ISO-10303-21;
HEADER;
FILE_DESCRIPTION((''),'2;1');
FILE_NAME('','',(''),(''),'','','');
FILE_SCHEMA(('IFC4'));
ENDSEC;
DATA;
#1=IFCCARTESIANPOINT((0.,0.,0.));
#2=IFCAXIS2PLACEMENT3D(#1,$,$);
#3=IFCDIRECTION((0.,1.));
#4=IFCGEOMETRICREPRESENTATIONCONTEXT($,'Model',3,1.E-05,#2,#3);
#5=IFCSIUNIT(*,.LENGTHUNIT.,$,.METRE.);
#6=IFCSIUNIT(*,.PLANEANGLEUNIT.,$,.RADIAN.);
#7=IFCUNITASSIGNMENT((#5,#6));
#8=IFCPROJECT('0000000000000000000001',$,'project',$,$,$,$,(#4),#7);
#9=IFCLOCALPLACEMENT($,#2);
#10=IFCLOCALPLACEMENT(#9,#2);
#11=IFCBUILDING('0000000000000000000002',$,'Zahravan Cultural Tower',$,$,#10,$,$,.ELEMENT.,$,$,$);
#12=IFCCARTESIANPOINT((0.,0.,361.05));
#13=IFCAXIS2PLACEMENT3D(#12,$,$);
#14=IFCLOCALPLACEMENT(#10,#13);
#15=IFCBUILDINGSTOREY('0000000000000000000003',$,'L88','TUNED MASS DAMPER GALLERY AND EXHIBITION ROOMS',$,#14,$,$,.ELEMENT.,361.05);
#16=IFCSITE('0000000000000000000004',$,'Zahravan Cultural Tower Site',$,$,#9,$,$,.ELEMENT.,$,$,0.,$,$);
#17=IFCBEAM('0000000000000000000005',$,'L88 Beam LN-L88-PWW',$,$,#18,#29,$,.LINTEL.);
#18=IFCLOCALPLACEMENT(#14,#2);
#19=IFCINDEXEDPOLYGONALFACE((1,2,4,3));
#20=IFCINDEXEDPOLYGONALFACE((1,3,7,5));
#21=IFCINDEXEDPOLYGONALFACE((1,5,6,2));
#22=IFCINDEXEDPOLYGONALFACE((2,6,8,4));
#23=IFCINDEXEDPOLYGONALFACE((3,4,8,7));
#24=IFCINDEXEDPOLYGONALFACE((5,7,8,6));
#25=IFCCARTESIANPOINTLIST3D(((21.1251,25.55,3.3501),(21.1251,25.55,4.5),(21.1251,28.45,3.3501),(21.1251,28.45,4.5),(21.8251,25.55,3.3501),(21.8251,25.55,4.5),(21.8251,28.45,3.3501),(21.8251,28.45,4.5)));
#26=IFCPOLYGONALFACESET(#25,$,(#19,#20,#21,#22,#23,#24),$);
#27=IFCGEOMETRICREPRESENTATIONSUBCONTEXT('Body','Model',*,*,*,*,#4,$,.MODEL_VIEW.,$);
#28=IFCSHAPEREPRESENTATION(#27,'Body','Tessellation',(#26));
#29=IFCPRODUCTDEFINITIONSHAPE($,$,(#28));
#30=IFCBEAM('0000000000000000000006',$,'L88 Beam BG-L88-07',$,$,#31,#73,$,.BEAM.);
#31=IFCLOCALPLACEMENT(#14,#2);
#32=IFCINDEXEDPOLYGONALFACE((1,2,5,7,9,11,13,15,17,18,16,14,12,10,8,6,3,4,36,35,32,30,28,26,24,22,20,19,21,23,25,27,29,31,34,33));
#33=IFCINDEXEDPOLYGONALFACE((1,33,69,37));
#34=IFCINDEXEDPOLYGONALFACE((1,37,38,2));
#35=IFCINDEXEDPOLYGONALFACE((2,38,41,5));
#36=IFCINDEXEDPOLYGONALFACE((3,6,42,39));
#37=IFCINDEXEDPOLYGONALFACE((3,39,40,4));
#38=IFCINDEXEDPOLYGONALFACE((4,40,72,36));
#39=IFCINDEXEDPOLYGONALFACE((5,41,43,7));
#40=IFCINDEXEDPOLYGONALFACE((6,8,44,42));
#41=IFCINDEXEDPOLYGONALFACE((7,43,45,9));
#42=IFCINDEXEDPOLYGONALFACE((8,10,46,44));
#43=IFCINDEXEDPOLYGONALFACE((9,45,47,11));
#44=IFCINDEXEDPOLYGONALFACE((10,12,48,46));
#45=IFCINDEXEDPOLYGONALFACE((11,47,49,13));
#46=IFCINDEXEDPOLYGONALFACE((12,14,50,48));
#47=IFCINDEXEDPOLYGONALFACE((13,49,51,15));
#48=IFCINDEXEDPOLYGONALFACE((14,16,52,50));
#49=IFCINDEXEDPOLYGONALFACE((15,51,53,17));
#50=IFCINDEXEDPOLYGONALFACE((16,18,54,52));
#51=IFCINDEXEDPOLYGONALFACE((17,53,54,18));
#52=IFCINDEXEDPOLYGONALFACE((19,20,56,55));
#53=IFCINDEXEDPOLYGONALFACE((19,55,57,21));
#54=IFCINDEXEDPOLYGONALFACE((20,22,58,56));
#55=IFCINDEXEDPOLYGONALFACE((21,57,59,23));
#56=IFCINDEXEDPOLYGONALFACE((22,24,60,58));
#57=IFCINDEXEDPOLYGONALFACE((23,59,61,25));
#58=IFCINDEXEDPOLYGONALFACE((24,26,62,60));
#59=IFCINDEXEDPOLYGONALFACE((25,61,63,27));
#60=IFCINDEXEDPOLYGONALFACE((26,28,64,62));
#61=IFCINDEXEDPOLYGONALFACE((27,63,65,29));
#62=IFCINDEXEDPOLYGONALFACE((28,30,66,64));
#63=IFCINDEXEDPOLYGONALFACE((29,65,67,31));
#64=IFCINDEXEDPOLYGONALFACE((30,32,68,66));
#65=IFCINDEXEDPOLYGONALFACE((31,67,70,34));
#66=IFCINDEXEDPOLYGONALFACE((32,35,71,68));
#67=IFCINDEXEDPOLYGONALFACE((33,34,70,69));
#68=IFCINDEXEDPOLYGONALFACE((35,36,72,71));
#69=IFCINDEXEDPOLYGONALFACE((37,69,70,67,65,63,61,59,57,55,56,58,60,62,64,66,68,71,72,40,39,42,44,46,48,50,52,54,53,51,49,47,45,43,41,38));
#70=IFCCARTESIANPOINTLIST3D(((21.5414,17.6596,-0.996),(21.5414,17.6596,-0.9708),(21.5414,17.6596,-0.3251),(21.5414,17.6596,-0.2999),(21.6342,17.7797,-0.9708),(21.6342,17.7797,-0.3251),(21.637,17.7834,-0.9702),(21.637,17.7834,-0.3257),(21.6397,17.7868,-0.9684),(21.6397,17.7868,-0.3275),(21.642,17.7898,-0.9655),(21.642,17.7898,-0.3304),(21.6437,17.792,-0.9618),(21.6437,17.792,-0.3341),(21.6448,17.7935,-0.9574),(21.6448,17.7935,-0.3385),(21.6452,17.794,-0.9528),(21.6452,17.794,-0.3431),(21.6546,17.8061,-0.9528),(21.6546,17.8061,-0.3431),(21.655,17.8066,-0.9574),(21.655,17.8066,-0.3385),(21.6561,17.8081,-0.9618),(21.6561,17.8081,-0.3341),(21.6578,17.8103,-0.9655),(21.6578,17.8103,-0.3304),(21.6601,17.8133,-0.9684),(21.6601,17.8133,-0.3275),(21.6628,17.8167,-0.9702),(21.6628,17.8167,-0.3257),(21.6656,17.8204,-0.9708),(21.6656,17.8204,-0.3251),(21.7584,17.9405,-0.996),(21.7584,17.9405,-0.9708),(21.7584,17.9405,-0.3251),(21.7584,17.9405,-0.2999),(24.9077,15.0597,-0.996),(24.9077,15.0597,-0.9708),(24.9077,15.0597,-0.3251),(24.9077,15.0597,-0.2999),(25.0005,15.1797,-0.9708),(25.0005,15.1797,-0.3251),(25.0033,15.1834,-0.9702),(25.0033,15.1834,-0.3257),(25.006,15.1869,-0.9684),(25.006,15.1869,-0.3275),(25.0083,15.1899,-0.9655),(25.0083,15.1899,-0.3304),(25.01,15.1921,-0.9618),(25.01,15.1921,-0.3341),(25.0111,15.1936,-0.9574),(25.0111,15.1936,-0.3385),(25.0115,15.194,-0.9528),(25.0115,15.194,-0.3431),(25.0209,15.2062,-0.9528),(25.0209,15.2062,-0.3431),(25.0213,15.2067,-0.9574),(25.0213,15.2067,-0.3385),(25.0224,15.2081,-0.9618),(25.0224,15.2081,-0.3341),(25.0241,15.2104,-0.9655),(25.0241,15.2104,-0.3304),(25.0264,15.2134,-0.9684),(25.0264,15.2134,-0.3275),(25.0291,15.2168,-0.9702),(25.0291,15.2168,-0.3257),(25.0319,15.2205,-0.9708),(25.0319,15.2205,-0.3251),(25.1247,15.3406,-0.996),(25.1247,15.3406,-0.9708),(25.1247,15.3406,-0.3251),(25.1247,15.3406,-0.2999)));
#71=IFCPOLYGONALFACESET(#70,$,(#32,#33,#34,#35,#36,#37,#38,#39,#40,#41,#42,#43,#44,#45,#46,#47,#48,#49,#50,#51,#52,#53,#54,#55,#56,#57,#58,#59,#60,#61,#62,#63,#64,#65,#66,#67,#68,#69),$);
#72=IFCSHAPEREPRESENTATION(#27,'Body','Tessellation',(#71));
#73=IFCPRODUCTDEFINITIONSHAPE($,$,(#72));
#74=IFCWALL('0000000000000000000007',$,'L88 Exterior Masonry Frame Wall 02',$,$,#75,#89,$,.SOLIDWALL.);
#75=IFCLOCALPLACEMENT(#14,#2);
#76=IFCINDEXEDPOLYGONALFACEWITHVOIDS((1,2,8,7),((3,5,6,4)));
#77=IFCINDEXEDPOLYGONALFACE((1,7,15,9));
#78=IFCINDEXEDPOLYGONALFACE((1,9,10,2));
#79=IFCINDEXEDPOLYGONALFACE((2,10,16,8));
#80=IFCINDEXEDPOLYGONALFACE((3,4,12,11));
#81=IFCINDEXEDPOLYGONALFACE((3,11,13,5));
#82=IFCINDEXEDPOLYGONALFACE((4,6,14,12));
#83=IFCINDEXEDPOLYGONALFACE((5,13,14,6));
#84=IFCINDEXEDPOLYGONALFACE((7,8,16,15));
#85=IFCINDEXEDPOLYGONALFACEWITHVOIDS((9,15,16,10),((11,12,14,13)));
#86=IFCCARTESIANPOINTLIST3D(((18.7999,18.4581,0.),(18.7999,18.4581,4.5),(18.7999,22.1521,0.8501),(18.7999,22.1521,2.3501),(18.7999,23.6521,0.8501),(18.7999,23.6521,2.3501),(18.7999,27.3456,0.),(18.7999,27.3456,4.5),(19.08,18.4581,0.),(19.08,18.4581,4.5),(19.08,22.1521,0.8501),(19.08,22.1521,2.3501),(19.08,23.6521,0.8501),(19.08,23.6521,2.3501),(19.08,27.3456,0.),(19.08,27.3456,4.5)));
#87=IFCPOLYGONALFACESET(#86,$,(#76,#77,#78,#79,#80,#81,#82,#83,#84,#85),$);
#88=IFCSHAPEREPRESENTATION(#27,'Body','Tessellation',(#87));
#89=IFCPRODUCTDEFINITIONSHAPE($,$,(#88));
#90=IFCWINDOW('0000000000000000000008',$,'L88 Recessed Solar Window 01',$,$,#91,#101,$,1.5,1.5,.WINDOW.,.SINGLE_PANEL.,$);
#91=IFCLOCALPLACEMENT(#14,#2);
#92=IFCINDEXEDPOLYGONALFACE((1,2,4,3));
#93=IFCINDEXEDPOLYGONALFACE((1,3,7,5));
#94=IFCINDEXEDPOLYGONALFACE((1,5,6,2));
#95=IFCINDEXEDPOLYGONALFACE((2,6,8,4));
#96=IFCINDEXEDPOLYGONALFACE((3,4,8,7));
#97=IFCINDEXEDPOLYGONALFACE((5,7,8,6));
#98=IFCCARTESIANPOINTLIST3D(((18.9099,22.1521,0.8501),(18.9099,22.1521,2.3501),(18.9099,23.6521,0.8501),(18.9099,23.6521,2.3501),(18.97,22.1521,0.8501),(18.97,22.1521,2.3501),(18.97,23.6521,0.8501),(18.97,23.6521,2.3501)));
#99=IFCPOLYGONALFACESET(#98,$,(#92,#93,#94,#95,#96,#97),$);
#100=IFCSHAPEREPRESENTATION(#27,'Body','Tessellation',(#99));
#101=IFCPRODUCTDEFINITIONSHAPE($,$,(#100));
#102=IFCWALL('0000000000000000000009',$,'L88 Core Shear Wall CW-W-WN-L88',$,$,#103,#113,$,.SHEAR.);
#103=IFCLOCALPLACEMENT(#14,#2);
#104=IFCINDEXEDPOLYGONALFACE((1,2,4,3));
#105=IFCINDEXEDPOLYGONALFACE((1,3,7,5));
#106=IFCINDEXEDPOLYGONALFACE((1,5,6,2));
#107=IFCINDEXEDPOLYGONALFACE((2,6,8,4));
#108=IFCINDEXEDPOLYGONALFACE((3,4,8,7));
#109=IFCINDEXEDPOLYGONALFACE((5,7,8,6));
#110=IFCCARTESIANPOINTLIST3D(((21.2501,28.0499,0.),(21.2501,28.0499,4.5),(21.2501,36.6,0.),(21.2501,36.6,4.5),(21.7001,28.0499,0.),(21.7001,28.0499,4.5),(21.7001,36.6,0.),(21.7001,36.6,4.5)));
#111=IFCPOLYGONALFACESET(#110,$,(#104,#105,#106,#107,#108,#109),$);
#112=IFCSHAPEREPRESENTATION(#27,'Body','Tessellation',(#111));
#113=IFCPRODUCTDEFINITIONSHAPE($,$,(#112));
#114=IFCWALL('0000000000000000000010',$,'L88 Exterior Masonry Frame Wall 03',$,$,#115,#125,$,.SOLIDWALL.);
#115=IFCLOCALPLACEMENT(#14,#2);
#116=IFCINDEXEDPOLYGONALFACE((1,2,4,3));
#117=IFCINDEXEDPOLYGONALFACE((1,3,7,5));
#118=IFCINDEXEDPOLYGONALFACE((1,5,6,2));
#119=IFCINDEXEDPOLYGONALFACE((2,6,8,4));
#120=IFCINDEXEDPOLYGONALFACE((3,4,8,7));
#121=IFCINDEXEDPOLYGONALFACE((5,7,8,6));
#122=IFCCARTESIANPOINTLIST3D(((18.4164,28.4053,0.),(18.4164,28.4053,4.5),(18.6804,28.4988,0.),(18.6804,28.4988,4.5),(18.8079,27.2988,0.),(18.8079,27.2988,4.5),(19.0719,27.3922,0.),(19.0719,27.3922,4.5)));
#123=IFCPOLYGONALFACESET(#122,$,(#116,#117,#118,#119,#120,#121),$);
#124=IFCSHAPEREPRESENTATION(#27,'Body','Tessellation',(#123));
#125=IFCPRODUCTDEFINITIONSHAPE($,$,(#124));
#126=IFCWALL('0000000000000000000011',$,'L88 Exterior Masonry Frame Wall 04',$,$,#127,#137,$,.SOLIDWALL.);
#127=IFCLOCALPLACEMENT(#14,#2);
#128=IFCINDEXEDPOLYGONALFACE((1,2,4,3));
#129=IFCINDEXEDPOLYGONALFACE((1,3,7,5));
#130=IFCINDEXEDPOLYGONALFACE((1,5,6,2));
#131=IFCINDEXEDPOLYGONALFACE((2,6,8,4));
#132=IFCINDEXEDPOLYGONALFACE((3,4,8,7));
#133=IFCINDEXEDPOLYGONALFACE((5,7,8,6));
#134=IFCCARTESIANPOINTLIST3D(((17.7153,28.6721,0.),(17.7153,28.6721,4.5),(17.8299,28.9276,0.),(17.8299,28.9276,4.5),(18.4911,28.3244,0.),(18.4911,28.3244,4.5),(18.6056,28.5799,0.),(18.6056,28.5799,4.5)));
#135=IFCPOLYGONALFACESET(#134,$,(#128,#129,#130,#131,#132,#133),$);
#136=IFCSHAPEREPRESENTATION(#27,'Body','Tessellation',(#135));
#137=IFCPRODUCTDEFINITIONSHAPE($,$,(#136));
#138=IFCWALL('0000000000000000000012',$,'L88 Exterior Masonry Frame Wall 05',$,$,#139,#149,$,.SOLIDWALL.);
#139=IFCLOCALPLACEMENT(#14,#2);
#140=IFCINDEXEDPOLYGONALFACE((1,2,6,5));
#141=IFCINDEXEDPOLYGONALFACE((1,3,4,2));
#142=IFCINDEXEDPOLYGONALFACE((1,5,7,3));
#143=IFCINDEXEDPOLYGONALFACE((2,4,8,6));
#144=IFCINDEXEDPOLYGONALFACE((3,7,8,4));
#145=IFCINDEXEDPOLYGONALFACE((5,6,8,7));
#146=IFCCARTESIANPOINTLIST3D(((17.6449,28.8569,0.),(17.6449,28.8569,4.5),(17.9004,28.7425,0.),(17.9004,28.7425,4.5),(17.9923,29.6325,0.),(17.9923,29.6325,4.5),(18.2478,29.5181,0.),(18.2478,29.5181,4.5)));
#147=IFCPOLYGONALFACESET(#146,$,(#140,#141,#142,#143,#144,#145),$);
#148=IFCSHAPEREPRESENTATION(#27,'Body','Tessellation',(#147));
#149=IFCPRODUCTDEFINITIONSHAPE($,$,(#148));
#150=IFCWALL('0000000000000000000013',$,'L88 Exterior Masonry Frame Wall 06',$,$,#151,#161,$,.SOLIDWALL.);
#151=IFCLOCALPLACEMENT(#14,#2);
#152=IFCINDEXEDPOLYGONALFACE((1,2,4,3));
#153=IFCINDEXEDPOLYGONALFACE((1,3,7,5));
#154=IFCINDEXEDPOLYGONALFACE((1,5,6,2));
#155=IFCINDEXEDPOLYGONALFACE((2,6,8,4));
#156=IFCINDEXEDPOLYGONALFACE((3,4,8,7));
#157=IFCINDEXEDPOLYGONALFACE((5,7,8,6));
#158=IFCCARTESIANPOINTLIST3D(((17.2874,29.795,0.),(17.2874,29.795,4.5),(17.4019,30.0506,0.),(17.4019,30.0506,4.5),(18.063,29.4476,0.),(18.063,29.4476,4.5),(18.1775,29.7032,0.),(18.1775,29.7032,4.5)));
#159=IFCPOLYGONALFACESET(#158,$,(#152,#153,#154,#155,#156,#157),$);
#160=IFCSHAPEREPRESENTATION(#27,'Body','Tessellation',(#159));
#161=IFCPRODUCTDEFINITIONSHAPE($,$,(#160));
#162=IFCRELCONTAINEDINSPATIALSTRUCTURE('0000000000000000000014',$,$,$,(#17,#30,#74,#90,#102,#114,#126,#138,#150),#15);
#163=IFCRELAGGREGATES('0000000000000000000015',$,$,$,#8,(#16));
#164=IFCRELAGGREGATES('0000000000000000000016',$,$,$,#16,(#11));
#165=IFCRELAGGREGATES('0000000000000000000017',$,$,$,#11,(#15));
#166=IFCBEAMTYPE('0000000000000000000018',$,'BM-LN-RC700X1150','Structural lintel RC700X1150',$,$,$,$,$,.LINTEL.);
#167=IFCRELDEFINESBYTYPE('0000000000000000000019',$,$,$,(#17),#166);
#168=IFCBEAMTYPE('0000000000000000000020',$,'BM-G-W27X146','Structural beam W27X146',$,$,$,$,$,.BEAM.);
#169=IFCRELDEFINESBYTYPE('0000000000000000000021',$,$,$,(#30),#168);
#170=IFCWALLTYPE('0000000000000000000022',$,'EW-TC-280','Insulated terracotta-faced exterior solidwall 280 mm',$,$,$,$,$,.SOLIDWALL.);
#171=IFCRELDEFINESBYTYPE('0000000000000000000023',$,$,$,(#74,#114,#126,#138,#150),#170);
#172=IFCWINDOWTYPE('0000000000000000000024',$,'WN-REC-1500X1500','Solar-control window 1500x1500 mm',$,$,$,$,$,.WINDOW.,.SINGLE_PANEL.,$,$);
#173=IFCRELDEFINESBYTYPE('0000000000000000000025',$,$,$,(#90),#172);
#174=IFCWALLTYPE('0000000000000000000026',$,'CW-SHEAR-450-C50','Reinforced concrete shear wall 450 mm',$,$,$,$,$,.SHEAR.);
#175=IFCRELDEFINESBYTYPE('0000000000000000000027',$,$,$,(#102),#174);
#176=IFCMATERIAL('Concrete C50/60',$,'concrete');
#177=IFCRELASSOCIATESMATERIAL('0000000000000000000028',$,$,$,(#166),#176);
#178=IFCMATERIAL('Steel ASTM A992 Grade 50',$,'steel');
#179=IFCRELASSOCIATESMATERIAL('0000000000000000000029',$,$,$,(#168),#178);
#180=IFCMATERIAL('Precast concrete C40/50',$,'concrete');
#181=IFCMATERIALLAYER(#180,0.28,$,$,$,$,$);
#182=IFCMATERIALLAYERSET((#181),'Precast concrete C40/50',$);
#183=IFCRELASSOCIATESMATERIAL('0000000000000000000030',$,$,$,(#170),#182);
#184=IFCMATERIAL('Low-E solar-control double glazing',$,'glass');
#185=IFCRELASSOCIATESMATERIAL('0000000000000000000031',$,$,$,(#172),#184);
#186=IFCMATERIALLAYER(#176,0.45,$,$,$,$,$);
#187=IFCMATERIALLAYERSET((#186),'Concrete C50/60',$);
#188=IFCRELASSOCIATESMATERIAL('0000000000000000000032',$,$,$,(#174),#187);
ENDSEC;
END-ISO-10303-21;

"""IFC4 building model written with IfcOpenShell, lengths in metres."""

from ifc_helpers import new_model, si_unit, direction, frame, frame_2d, origin, origin_2d, place, context, subcontext, project, spatial, rectangle, i_section, extrude, source, transform, mapped, material, layer, layer_set, material_profile, profile_set, type_object, element, fill, save


model = new_model("IFC4")

# Units and contexts
model_context = context("Model", 3, precision=1e-05, world=origin(), true_north=direction((0.0, 1.0)))
body_context = subcontext(model_context, "Body", "Model", "MODEL_VIEW")
ifc_project = project(units=[si_unit("LENGTHUNIT", "METRE"), si_unit("PLANEANGLEUNIT", "RADIAN")], contexts=[model_context])

# Site, building, storey
site_placement = place(None, origin())
site = spatial("IfcSite", under=ifc_project, at=site_placement, Name="Zahravan Cultural Tower Site", CompositionType="ELEMENT", RefElevation=0.0)
building_placement = place(site_placement, origin())
building = spatial("IfcBuilding", under=site, at=building_placement, Name="Zahravan Cultural Tower", CompositionType="ELEMENT")
storey_placement = place(building_placement, frame((0.0, 0.0, 361.05)))
storey = spatial("IfcBuildingStorey", under=building, at=storey_placement, Name="L88", Description="TUNED MASS DAMPER GALLERY AND EXHIBITION ROOMS", CompositionType="ELEMENT", Elevation=361.05)

# Beams
ifc_material_1 = material(Name="Concrete C50/60", Category="concrete")
ifc_material_profile_1 = material_profile(ifc_material_1, rectangle(XDim=0.7, YDim=1.1499, at=origin_2d()), Name="RC700X1150")
ifc_profile_set_1 = profile_set([ifc_material_profile_1], Name="Concrete C50/60")
beam_type_1 = type_object("IfcBeamType", Name="BM-LN-RC700X1150", Description="Structural lintel RC700X1150", PredefinedType="LINTEL", material=ifc_profile_set_1)
shared_shape_1 = source(origin(), body_context, "Body", "SweptSolid", [
    extrude(rectangle(XDim=0.7, YDim=1.1499, at=origin_2d()), origin(), (0.0, 0.0, 1.0), 2.8999),
])
beam_1_placement = place(storey_placement, frame((21.4751, 25.55, 3.925), z_axis=(0.0, 1.0, 0.0), x_axis=(-1.0, 0.0, 0.0)))
element("IfcBeam", 1, at=beam_1_placement, inside=storey, type_object=beam_type_1, Name="L88 Beam LN-L88-PWW", PredefinedType="LINTEL", context=body_context, shape_type="MappedRepresentation", body=[
    mapped(shared_shape_1, transform((0.0, 0.0, 0.0), x_axis=(1.0, 0.0, 0.0), y_axis=(0.0, 1.0, 0.0), z_axis=(0.0, 0.0, 1.0), scale=1.0)),
])
ifc_material_2 = material(Name="Steel ASTM A992 Grade 50", Category="steel")
ifc_material_profile_2 = material_profile(ifc_material_2, i_section(OverallWidth=0.355, OverallDepth=0.696, WebThickness=0.0154, FlangeThickness=0.0251, FilletRadius=0.0181, at=origin_2d()), Name="W27X146")
ifc_profile_set_2 = profile_set([ifc_material_profile_2], Name="Steel ASTM A992 Grade 50")
beam_type_2 = type_object("IfcBeamType", Name="BM-G-W27X146", Description="Structural beam W27X146", PredefinedType="BEAM", material=ifc_profile_set_2)
shared_shape_2 = source(origin(), body_context, "Body", "SweptSolid", [
    extrude(i_section(OverallWidth=0.355, OverallDepth=0.696, WebThickness=0.0154, FlangeThickness=0.0251, FilletRadius=0.0181, at=origin_2d()), origin(), (0.0, 0.0, 1.0), 4.2534),
])
beam_2_placement = place(storey_placement, frame((21.6499, 17.8, -0.6479), z_axis=(0.791434, -0.611255, 0.0), x_axis=(0.611255, 0.791434, 0.0)))
element("IfcBeam", 2, at=beam_2_placement, inside=storey, type_object=beam_type_2, Name="L88 Beam BG-L88-07", PredefinedType="BEAM", context=body_context, shape_type="MappedRepresentation", body=[
    mapped(shared_shape_2, transform((0.0, 0.0, 0.0), x_axis=(1.0, 0.0, 0.0), y_axis=(0.0, 1.0, 0.0), z_axis=(0.0, 0.0, 1.0), scale=1.0)),
])

# Wall, opening, window
ifc_material_3 = material(Name="Precast concrete C40/50", Category="concrete")
ifc_layer_1 = layer(ifc_material_3, 0.28)
ifc_layer_set_1 = layer_set([ifc_layer_1], Name="Precast concrete C40/50")
wall_type_1 = type_object("IfcWallType", Name="EW-TC-280", Description="Insulated terracotta-faced exterior solidwall 280 mm", PredefinedType="SOLIDWALL", material=ifc_layer_set_1)
wall_1_placement = place(storey_placement, frame((18.9399, 18.458, 0.0), z_axis=(0.0, 0.0, 1.0), x_axis=(0.0, 1.0, 0.0)))
wall_1 = element("IfcWall", 3, at=wall_1_placement, inside=storey, type_object=wall_type_1, Name="L88 Exterior Masonry Frame Wall 02", PredefinedType="SOLIDWALL", context=body_context, shape_type="SweptSolid", body=[
    extrude(rectangle(XDim=8.8875, YDim=0.28, at=frame_2d((4.4438, 0.0))), origin(), (0.0, 0.0, 1.0), 4.5),
])
opening_1_placement = place(wall_1_placement, frame((3.6941, 0.0, 0.8501)))
opening_1 = element("IfcOpeningElement", 4, at=opening_1_placement, cuts=wall_1, PredefinedType="OPENING", context=body_context, shape_type="SweptSolid", body=[
    extrude(rectangle(XDim=1.5, YDim=1.5, at=frame_2d((0.75, 0.75))), frame((0.0, 0.1499, 0.0), z_axis=(0.0, -1.0, 0.0), x_axis=(1.0, 0.0, 0.0)), (0.0, 0.0, 1.0), 0.3),
])
ifc_material_4 = material(Name="Low-E solar-control double glazing", Category="glass")
window_type = type_object("IfcWindowType", Name="WN-REC-1500X1500", Description="Solar-control window 1500x1500 mm", PartitioningType="SINGLE_PANEL", PredefinedType="WINDOW", material=ifc_material_4)
shared_shape_3 = source(origin(), body_context, "Body", "SweptSolid", [
    extrude(rectangle(XDim=1.5, YDim=1.5, at=frame_2d((0.75, 0.75))), frame((0.0, 0.03, 0.0), z_axis=(0.0, -1.0, 0.0), x_axis=(1.0, 0.0, 0.0)), (0.0, 0.0, 1.0), 0.0601),
])
window_placement = place(opening_1_placement, origin())
window = element("IfcWindow", 5, at=window_placement, inside=storey, type_object=window_type, Name="L88 Recessed Solar Window 01", OverallHeight=1.5, OverallWidth=1.5, PartitioningType="SINGLE_PANEL", PredefinedType="WINDOW", context=body_context, shape_type="MappedRepresentation", body=[
    mapped(shared_shape_3, transform((0.0, 0.0, 0.0), x_axis=(1.0, 0.0, 0.0), y_axis=(0.0, 1.0, 0.0), z_axis=(0.0, 0.0, 1.0), scale=1.0)),
])
fill(opening_1, window)

# Walls
ifc_layer_2 = layer(ifc_material_1, 0.45)
ifc_layer_set_2 = layer_set([ifc_layer_2], Name="Concrete C50/60")
wall_type_2 = type_object("IfcWallType", Name="CW-SHEAR-450-C50", Description="Reinforced concrete shear wall 450 mm", PredefinedType="SHEAR", material=ifc_layer_set_2)
shared_shape_4 = source(origin(), body_context, "Body", "SweptSolid", [
    extrude(rectangle(XDim=8.55, YDim=0.45, at=frame_2d((4.2749, 0.0))), origin(), (0.0, 0.0, 1.0), 4.5),
])
wall_2_placement = place(storey_placement, frame((21.4751, 28.05, 0.0), z_axis=(0.0, 0.0, 1.0), x_axis=(0.0, 1.0, 0.0)))
element("IfcWall", 6, at=wall_2_placement, inside=storey, type_object=wall_type_2, Name="L88 Core Shear Wall CW-W-WN-L88", PredefinedType="SHEAR", context=body_context, shape_type="MappedRepresentation", body=[
    mapped(shared_shape_4, transform((0.0, 0.0, 0.0), x_axis=(1.0, 0.0, 0.0), y_axis=(0.0, 1.0, 0.0), z_axis=(0.0, 0.0, 1.0), scale=1.0)),
])
shared_shape_5 = source(origin(), body_context, "Body", "SweptSolid", [
    extrude(rectangle(XDim=1.1738, YDim=0.28, at=frame_2d((0.5869, 0.0))), origin(), (0.0, 0.0, 1.0), 4.5),
])
wall_3_placement = place(storey_placement, frame((18.9399, 27.3455, 0.0), z_axis=(0.0, 0.0, 1.0), x_axis=(-0.333581, 0.942721, 0.0)))
element("IfcWall", 7, at=wall_3_placement, inside=storey, type_object=wall_type_1, Name="L88 Exterior Masonry Frame Wall 03", PredefinedType="SOLIDWALL", context=body_context, shape_type="MappedRepresentation", body=[
    mapped(shared_shape_5, transform((0.0, 0.0, 0.0), x_axis=(1.0, 0.0, 0.0), y_axis=(0.0, 1.0, 0.0), z_axis=(0.0, 0.0, 1.0), scale=1.0)),
])
shared_shape_6 = source(origin(), body_context, "Body", "SweptSolid", [
    extrude(rectangle(XDim=0.8501, YDim=0.28, at=frame_2d((0.425, 0.0))), origin(), (0.0, 0.0, 1.0), 4.5),
])
wall_4_placement = place(storey_placement, frame((18.5483, 28.4521, 0.0), z_axis=(0.0, 0.0, 1.0), x_axis=(-0.912528, 0.409015, 0.0)))
element("IfcWall", 8, at=wall_4_placement, inside=storey, type_object=wall_type_1, Name="L88 Exterior Masonry Frame Wall 04", PredefinedType="SOLIDWALL", context=body_context, shape_type="MappedRepresentation", body=[
    mapped(shared_shape_6, transform((0.0, 0.0, 0.0), x_axis=(1.0, 0.0, 0.0), y_axis=(0.0, 1.0, 0.0), z_axis=(0.0, 0.0, 1.0), scale=1.0)),
])
shared_shape_7 = source(origin(), body_context, "Body", "SweptSolid", [
    extrude(rectangle(XDim=0.8499, YDim=0.28, at=frame_2d((0.4248, 0.0))), origin(), (0.0, 0.0, 1.0), 4.5),
])
for number, where, z_axis, x_axis, name in (
    (9, (17.7727, 28.7998, 0.0), (0.0, 0.0, 1.0), (0.408775, 0.912635, 0.0), "L88 Exterior Masonry Frame Wall 05"),
    (10, (18.1201, 29.5754, 0.0), (0.0, 0.0, 1.0), (-0.912635, 0.408775, 0.0), "L88 Exterior Masonry Frame Wall 06"),
):
    element("IfcWall", number, at=place(storey_placement, frame(where, z_axis=z_axis, x_axis=x_axis)), inside=storey, type_object=wall_type_1, Name=name, PredefinedType="SOLIDWALL", context=body_context, shape_type="MappedRepresentation", body=[
        mapped(shared_shape_7, transform((0.0, 0.0, 0.0), x_axis=(1.0, 0.0, 0.0), y_axis=(0.0, 1.0, 0.0), z_axis=(0.0, 0.0, 1.0), scale=1.0)),
    ])

save(model, "model.ifc")
